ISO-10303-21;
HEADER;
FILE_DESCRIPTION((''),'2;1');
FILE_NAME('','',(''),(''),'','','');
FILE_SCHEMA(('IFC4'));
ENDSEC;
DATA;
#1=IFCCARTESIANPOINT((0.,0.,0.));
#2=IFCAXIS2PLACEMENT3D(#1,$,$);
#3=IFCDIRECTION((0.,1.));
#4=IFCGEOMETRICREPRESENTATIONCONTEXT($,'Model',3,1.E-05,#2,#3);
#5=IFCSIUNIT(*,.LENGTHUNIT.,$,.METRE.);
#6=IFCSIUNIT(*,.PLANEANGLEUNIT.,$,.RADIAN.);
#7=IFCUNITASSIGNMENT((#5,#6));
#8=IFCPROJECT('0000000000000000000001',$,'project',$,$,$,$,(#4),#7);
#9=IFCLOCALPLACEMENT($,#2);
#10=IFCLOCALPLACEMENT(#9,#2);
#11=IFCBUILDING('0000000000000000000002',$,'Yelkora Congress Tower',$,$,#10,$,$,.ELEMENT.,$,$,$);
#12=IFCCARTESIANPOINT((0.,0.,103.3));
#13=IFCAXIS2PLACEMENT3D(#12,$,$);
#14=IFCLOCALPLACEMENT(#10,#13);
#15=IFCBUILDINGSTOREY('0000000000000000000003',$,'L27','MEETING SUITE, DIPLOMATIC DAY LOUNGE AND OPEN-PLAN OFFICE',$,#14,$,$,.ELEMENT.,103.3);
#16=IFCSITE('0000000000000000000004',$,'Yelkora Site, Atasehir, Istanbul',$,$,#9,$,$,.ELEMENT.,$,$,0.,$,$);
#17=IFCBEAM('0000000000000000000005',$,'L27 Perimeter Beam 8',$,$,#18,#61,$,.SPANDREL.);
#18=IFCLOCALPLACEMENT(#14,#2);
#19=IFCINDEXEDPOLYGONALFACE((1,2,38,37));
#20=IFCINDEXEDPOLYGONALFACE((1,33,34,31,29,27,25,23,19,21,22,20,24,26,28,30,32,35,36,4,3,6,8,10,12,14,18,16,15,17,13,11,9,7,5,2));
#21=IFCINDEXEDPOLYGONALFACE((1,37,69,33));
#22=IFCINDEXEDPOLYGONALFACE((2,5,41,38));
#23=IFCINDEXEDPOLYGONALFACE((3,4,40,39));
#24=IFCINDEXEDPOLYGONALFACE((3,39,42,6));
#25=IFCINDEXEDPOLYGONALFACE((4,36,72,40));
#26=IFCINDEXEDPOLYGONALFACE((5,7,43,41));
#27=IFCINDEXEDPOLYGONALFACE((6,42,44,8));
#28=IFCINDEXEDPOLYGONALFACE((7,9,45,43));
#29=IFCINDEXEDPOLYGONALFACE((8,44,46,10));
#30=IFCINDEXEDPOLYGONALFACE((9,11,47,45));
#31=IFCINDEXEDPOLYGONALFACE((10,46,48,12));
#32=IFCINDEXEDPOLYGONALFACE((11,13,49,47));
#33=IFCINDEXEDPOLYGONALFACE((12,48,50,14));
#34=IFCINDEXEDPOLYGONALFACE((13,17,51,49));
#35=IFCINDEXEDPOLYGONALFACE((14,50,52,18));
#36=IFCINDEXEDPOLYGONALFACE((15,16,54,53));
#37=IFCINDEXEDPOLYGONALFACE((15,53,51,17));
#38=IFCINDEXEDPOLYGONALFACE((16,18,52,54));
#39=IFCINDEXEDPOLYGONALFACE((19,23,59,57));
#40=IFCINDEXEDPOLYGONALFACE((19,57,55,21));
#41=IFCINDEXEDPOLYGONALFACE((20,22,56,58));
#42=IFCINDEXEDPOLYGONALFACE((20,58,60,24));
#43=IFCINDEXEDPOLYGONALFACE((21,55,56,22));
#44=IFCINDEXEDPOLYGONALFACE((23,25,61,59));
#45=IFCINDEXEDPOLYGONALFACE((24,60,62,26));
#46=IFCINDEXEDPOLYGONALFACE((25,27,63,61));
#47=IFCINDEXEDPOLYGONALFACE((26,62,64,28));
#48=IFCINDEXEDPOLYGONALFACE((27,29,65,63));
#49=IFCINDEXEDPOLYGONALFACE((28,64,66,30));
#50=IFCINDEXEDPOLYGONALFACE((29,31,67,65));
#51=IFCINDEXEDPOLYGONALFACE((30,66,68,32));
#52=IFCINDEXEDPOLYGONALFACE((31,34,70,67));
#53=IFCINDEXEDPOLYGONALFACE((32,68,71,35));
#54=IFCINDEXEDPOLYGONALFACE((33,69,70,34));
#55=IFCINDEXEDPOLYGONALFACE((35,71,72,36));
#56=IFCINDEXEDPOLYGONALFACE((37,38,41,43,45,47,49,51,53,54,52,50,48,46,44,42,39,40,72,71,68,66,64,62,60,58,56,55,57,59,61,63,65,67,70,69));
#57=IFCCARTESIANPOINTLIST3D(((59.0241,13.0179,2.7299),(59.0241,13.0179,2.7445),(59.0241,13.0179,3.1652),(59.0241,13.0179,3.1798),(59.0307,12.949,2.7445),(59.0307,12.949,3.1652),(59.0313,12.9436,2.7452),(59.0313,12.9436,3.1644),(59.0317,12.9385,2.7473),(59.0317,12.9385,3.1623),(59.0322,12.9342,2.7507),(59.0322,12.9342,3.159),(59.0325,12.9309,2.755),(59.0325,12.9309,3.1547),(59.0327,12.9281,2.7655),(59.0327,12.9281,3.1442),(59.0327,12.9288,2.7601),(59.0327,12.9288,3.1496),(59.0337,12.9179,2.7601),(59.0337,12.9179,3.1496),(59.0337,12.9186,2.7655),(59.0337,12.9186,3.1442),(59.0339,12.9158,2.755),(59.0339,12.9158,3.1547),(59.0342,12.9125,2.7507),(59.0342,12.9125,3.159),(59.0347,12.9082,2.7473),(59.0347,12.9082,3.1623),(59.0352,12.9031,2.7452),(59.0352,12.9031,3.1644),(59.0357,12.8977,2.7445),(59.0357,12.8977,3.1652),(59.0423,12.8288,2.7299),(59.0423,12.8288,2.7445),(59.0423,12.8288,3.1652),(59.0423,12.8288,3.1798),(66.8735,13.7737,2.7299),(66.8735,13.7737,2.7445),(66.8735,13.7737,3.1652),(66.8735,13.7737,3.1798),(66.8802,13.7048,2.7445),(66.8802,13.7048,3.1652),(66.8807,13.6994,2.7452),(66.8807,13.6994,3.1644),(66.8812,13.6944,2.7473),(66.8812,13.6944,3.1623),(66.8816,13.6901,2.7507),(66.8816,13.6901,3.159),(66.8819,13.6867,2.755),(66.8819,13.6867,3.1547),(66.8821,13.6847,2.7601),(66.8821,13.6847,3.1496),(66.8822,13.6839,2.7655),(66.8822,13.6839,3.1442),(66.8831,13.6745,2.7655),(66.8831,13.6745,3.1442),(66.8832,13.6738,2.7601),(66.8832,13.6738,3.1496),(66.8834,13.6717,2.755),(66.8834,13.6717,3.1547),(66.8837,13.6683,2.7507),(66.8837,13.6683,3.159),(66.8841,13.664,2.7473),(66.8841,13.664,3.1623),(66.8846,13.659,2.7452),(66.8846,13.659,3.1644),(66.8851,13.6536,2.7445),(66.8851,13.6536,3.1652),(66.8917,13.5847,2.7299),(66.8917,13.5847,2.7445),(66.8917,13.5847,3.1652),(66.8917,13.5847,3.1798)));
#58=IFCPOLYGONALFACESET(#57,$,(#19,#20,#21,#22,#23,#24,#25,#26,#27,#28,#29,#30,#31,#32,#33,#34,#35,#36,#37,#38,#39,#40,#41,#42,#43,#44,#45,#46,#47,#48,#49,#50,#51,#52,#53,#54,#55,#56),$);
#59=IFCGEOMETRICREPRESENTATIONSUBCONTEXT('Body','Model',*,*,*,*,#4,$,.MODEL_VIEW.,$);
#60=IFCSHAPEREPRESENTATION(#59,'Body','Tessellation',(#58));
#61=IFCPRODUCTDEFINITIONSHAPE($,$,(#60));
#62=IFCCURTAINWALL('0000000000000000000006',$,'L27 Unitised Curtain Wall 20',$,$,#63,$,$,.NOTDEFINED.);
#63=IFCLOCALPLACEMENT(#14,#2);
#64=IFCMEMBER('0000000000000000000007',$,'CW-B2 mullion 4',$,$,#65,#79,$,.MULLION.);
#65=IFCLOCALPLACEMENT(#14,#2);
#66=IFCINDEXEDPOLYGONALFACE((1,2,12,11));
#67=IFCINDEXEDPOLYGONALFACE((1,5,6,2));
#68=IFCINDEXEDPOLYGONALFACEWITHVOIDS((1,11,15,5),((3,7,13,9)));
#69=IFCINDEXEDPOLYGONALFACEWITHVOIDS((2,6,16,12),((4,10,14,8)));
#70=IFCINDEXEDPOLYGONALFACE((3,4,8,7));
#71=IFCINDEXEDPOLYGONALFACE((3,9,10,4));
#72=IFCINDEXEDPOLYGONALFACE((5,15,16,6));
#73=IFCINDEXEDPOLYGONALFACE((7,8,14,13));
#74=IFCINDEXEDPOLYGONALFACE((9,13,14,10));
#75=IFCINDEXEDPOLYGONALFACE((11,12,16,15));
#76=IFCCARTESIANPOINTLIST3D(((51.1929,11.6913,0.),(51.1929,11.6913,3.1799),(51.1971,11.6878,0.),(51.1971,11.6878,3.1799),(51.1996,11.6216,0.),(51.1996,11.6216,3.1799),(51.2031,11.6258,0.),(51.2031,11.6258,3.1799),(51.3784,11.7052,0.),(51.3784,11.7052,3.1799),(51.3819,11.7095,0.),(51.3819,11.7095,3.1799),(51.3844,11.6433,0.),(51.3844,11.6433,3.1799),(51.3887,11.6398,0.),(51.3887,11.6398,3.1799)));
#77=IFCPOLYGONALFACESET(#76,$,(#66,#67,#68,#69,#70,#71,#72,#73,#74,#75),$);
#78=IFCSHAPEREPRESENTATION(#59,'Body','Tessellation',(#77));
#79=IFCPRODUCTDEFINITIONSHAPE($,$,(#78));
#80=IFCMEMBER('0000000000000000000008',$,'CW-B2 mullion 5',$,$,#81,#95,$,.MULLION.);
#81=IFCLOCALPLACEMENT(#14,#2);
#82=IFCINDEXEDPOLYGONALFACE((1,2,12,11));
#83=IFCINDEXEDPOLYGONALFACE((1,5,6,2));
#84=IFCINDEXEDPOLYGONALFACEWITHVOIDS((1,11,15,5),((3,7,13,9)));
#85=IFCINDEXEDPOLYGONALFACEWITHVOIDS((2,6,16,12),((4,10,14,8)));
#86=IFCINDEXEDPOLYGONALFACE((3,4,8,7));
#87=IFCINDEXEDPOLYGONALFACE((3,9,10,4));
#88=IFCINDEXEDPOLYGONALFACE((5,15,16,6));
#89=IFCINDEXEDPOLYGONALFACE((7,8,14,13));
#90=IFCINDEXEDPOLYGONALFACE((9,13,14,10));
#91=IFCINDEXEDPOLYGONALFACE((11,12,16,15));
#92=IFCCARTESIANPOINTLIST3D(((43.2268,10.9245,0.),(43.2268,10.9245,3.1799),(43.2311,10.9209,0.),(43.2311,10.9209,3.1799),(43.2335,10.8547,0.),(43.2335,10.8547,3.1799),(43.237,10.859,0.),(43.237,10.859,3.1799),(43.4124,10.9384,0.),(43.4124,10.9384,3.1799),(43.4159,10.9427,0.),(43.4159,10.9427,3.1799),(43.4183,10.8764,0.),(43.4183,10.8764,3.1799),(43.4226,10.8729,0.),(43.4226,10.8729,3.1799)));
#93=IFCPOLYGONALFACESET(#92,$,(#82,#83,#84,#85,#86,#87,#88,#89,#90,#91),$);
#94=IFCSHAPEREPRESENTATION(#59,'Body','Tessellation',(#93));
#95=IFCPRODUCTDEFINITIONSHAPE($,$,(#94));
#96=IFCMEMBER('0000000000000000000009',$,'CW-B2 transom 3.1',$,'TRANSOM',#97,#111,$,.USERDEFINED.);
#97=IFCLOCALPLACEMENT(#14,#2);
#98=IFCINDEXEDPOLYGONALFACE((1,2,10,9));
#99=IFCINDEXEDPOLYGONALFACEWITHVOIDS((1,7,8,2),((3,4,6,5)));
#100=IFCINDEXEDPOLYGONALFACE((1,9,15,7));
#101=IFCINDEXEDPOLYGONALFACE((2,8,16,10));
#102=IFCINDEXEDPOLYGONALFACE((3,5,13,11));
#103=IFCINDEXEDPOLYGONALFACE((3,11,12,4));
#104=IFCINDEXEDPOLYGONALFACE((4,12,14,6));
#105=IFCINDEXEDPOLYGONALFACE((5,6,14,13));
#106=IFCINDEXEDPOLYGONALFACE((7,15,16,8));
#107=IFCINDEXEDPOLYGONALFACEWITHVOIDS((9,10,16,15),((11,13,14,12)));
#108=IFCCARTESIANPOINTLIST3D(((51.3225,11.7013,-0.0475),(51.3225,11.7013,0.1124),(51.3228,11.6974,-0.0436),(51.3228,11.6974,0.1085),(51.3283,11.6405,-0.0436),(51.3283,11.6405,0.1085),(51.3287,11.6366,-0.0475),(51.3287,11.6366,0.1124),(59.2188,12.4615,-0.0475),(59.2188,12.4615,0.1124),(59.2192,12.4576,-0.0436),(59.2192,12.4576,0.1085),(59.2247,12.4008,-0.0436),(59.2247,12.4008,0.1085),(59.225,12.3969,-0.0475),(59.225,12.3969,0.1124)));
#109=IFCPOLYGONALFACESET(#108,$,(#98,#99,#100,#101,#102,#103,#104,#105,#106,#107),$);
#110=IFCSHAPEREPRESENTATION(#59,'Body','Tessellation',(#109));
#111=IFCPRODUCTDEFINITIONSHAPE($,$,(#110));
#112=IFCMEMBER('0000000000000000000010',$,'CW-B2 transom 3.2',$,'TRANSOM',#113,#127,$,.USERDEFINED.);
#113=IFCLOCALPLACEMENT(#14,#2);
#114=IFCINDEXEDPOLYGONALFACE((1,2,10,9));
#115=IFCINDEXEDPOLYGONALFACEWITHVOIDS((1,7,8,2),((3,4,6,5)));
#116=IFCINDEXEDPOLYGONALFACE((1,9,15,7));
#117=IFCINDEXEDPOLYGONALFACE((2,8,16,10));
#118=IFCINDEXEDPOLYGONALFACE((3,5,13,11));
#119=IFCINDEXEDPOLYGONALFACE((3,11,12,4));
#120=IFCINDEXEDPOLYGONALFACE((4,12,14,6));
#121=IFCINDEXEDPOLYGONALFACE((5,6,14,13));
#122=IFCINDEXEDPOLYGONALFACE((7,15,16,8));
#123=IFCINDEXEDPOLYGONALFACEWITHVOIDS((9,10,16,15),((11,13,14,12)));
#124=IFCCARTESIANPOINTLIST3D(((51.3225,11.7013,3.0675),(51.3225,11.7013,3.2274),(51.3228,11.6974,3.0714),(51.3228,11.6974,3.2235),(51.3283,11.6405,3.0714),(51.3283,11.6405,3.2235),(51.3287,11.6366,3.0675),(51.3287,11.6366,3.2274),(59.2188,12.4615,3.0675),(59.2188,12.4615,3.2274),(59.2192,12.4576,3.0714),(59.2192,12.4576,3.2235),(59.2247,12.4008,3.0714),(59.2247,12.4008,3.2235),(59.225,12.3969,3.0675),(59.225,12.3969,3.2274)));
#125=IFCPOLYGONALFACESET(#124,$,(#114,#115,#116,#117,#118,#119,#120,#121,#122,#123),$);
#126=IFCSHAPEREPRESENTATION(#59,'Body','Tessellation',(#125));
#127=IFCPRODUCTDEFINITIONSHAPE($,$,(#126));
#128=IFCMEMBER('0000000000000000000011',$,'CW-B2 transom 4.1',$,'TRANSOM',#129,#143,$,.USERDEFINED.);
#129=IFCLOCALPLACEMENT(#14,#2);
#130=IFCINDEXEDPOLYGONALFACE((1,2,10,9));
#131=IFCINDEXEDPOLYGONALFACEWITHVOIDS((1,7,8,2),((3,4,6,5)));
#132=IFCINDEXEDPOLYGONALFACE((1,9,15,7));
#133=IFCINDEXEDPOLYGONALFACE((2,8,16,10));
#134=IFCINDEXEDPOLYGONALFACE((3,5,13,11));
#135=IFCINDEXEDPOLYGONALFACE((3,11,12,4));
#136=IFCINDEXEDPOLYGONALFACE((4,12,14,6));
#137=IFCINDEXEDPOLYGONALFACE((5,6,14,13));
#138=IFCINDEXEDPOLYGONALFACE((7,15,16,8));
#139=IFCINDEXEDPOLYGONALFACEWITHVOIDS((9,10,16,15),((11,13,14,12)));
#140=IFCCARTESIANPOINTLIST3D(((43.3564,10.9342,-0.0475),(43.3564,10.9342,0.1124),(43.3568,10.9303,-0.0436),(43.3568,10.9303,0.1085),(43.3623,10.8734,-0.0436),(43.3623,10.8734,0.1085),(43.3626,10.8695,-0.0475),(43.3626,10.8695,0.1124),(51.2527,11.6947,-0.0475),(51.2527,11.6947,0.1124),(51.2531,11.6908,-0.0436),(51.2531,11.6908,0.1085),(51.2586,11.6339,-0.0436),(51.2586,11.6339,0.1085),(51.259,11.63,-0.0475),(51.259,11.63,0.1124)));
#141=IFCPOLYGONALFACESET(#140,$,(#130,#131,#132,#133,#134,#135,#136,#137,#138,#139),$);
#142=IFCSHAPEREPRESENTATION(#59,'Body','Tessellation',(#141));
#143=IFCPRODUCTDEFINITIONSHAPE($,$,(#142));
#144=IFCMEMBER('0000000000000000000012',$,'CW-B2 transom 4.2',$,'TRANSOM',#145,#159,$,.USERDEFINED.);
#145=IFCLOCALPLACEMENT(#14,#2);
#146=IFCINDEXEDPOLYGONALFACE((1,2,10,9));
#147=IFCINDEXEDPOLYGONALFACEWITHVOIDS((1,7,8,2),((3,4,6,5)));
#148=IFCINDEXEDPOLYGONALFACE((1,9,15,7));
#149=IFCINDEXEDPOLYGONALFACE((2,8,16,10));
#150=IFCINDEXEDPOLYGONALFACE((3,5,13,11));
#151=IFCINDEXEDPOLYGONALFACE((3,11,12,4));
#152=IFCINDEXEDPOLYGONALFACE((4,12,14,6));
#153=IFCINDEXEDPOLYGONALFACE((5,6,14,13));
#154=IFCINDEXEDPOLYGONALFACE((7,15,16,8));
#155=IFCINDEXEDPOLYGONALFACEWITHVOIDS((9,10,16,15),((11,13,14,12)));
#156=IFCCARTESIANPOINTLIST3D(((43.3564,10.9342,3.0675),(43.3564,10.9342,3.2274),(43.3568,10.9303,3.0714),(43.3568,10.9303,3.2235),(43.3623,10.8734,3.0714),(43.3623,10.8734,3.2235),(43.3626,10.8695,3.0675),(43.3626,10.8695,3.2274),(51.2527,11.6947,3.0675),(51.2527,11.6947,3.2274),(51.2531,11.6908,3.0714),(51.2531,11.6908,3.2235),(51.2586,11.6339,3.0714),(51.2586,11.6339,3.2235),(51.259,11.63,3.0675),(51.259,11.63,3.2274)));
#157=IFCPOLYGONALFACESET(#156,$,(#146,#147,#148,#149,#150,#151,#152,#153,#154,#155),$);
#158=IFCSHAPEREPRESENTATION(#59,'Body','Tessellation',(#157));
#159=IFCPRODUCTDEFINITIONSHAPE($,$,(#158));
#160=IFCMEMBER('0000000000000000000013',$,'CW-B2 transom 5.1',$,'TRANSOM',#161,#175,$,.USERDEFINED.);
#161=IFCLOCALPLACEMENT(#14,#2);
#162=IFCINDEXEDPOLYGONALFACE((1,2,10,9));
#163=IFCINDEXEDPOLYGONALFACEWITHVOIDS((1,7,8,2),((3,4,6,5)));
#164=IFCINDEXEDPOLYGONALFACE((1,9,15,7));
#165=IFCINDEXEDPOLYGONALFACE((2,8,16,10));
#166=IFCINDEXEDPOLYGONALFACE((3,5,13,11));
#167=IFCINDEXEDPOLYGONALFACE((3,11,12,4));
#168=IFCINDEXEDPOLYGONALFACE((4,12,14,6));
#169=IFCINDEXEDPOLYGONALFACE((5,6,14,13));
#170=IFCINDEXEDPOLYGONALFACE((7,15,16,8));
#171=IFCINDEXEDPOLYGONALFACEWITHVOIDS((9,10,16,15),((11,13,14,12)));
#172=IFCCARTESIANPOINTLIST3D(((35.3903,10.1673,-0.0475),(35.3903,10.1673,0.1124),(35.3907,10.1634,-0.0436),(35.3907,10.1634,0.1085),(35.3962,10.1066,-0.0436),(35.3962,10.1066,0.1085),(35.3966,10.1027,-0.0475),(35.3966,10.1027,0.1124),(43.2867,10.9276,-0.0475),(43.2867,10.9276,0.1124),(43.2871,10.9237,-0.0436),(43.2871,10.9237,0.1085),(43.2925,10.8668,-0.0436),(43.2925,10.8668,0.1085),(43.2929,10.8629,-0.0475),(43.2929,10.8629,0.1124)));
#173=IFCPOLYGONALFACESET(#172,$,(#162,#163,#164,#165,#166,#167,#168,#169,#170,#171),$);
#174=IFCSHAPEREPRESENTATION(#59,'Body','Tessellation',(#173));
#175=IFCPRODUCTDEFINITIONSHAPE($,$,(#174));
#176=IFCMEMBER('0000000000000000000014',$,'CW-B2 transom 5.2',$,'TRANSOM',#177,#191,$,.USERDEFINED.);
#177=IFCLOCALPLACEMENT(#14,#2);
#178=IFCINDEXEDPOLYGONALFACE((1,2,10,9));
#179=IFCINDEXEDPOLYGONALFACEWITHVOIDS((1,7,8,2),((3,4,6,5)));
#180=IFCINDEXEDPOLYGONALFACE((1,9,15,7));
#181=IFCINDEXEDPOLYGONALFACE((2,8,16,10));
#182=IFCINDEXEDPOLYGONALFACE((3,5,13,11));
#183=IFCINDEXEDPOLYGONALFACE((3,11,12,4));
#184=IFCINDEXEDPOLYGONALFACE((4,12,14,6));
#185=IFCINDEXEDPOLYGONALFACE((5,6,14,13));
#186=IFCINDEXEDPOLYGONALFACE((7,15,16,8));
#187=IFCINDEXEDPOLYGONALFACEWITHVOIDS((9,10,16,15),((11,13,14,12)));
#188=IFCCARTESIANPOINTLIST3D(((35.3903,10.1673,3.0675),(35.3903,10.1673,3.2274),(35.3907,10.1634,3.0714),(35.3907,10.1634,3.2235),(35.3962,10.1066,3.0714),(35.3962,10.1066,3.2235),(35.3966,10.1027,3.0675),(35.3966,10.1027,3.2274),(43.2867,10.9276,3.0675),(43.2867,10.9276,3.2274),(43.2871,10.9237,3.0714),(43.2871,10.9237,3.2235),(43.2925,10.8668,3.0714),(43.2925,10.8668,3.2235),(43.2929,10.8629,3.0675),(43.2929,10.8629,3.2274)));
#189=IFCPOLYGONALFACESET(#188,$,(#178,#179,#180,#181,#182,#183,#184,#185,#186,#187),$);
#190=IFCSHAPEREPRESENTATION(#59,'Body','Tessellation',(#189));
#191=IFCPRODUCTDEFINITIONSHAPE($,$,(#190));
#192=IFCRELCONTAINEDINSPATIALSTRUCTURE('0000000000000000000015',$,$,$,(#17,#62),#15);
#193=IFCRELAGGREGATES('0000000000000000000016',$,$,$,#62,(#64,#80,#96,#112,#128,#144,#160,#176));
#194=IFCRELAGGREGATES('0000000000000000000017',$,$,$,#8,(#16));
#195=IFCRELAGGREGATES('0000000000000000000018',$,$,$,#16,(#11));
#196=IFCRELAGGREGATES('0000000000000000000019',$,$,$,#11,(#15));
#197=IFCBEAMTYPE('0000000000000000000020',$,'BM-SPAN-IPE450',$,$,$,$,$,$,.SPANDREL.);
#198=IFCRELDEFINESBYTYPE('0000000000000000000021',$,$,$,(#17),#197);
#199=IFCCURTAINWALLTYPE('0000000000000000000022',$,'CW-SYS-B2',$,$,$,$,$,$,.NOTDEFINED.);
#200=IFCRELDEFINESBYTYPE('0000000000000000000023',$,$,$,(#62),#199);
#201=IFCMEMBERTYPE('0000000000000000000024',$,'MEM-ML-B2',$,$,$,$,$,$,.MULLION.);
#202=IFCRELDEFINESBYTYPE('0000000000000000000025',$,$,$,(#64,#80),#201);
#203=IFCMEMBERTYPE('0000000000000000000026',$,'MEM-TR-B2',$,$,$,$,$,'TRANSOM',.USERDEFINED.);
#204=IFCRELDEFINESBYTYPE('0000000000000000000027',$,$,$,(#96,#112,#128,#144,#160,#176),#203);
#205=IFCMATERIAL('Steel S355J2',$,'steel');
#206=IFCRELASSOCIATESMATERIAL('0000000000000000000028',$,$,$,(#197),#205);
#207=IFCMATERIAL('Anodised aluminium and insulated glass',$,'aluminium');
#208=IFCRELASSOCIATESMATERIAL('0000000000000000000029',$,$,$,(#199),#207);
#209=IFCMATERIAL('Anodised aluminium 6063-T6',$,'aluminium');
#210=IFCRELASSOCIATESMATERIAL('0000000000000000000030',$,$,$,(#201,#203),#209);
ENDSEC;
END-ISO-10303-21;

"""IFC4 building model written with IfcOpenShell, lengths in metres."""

from ifc_helpers import new_model, si_unit, direction, frame, origin, origin_2d, place, context, subcontext, project, spatial, hollow_rectangle, i_section, extrude, material, material_profile, profile_set, type_object, element, aggregate, save


model = new_model("IFC4")

# Units and contexts
model_context = context("Model", 3, precision=1e-05, world=origin(), true_north=direction((0.0, 1.0)))
body_context = subcontext(model_context, "Body", "Model", "MODEL_VIEW")
ifc_project = project(units=[si_unit("LENGTHUNIT", "METRE"), si_unit("PLANEANGLEUNIT", "RADIAN")], contexts=[model_context])

# Site, building, storey
site_placement = place(None, origin())
site = spatial("IfcSite", under=ifc_project, at=site_placement, Name="Yelkora Site, Atasehir, Istanbul", CompositionType="ELEMENT", RefElevation=0.0)
building_placement = place(site_placement, origin())
building = spatial("IfcBuilding", under=site, at=building_placement, Name="Yelkora Congress Tower", CompositionType="ELEMENT")
storey_placement = place(building_placement, frame((0.0, 0.0, 103.3)))
storey = spatial("IfcBuildingStorey", under=building, at=storey_placement, Name="L27", Description="MEETING SUITE, DIPLOMATIC DAY LOUNGE AND OPEN-PLAN OFFICE", CompositionType="ELEMENT", Elevation=103.3)

# Beam
ifc_material_1 = material(Name="Steel S355J2", Category="steel")
ifc_material_profile_1 = material_profile(ifc_material_1, i_section(OverallWidth=0.1899, OverallDepth=0.45, WebThickness=0.0095, FlangeThickness=0.0146, FilletRadius=0.021, at=origin_2d()), Name="IPE 450")
ifc_profile_set_1 = profile_set([ifc_material_profile_1], Name="Steel S355J2")
beam_type_1 = type_object("IfcBeamType", Name="BM-SPAN-IPE450", PredefinedType="SPANDREL", material=ifc_profile_set_1)
beam_1_placement = place(storey_placement, frame((59.0332, 12.9233, 2.9548), z_axis=(0.995396, 0.095852, 0.0), x_axis=(-0.095852, 0.995396, 0.0)))
element("IfcBeam", 1, at=beam_1_placement, inside=storey, type_object=beam_type_1, Name="L27 Perimeter Beam 8", PredefinedType="SPANDREL", context=body_context, shape_type="SweptSolid", body=[
    extrude(i_section(OverallWidth=0.1899, OverallDepth=0.45, WebThickness=0.0095, FlangeThickness=0.0146, FilletRadius=0.021, at=origin_2d()), origin(), (0.0, 0.0, 1.0), 7.8857),
])

# Curtain wall, members
ifc_material_2 = material(Name="Anodised aluminium and insulated glass", Category="aluminium")
curtain_wall_type = type_object("IfcCurtainWallType", Name="CW-SYS-B2", PredefinedType="NOTDEFINED", material=ifc_material_2)
curtain_wall_placement = place(storey_placement, origin())
curtain_wall = element("IfcCurtainWall", 2, at=curtain_wall_placement, inside=storey, type_object=curtain_wall_type, Name="L27 Unitised Curtain Wall 20", PredefinedType="NOTDEFINED")
ifc_material_3 = material(Name="Anodised aluminium 6063-T6", Category="aluminium")
ifc_material_profile_2 = material_profile(ifc_material_3, hollow_rectangle(XDim=0.0701, YDim=0.1899, WallThickness=0.0039, at=origin_2d()), Name="ALU 70x190x4")
ifc_profile_set_2 = profile_set([ifc_material_profile_2], Name="Anodised aluminium 6063-T6")
member_type_1 = type_object("IfcMemberType", Name="MEM-ML-B2", PredefinedType="MULLION", material=ifc_profile_set_2)
member_1_placement = place(storey_placement, frame((51.2908, 11.6655, 0.0), z_axis=(0.0, 0.0, 1.0), x_axis=(0.095844, -0.995396, 0.0)))
member_1 = element("IfcMember", 3, at=member_1_placement, type_object=member_type_1, Name="CW-B2 mullion 4", PredefinedType="MULLION", context=body_context, shape_type="SweptSolid", body=[
    extrude(hollow_rectangle(XDim=0.0701, YDim=0.1899, WallThickness=0.0039, at=origin_2d()), origin(), (0.0, 0.0, 1.0), 3.1799),
])
member_2_placement = place(storey_placement, frame((43.3247, 10.8987, 0.0), z_axis=(0.0, 0.0, 1.0), x_axis=(0.095844, -0.995396, 0.0)))
member_2 = element("IfcMember", 4, at=member_2_placement, type_object=member_type_1, Name="CW-B2 mullion 5", PredefinedType="MULLION", context=body_context, shape_type="SweptSolid", body=[
    extrude(hollow_rectangle(XDim=0.0701, YDim=0.1899, WallThickness=0.0039, at=origin_2d()), origin(), (0.0, 0.0, 1.0), 3.1799),
])
ifc_material_profile_3 = material_profile(ifc_material_3, hollow_rectangle(XDim=0.0649, YDim=0.1599, WallThickness=0.0039, at=origin_2d()), Name="ALU 65x160x4")
ifc_profile_set_3 = profile_set([ifc_material_profile_3], Name="Anodised aluminium 6063-T6")
member_type_2 = type_object("IfcMemberType", Name="MEM-TR-B2", ElementType="TRANSOM", PredefinedType="USERDEFINED", material=ifc_profile_set_3)
member_3_placement = place(storey_placement, frame((59.2219, 12.4292, 0.0325), z_axis=(-0.995397, -0.095837, 0.0), x_axis=(0.095837, -0.995397, 0.0)))
member_3 = element("IfcMember", 5, at=member_3_placement, type_object=member_type_2, Name="CW-B2 transom 3.1", ObjectType="TRANSOM", PredefinedType="USERDEFINED", context=body_context, shape_type="SweptSolid", body=[
    extrude(hollow_rectangle(XDim=0.0649, YDim=0.1599, WallThickness=0.0039, at=origin_2d()), origin(), (0.0, 0.0, 1.0), 7.9329),
])
member_4_placement = place(storey_placement, frame((59.2219, 12.4292, 3.1475), z_axis=(-0.995397, -0.095837, 0.0), x_axis=(0.095837, -0.995397, 0.0)))
member_4 = element("IfcMember", 6, at=member_4_placement, type_object=member_type_2, Name="CW-B2 transom 3.2", ObjectType="TRANSOM", PredefinedType="USERDEFINED", context=body_context, shape_type="SweptSolid", body=[
    extrude(hollow_rectangle(XDim=0.0649, YDim=0.1599, WallThickness=0.0039, at=origin_2d()), origin(), (0.0, 0.0, 1.0), 7.9329),
])
member_5_placement = place(storey_placement, frame((51.2559, 11.6624, 0.0325), z_axis=(-0.995394, -0.095868, 0.0), x_axis=(0.095868, -0.995394, 0.0)))
member_5 = element("IfcMember", 7, at=member_5_placement, type_object=member_type_2, Name="CW-B2 transom 4.1", ObjectType="TRANSOM", PredefinedType="USERDEFINED", context=body_context, shape_type="SweptSolid", body=[
    extrude(hollow_rectangle(XDim=0.0649, YDim=0.1599, WallThickness=0.0039, at=origin_2d()), origin(), (0.0, 0.0, 1.0), 7.9329),
])
member_6_placement = place(storey_placement, frame((51.2559, 11.6624, 3.1475), z_axis=(-0.995394, -0.095868, 0.0), x_axis=(0.095868, -0.995394, 0.0)))
member_6 = element("IfcMember", 8, at=member_6_placement, type_object=member_type_2, Name="CW-B2 transom 4.2", ObjectType="TRANSOM", PredefinedType="USERDEFINED", context=body_context, shape_type="SweptSolid", body=[
    extrude(hollow_rectangle(XDim=0.0649, YDim=0.1599, WallThickness=0.0039, at=origin_2d()), origin(), (0.0, 0.0, 1.0), 7.9329),
])
member_7_placement = place(storey_placement, frame((43.2898, 10.8953, 0.0325), z_axis=(-0.995397, -0.095837, 0.0), x_axis=(0.095837, -0.995397, 0.0)))
member_7 = element("IfcMember", 9, at=member_7_placement, type_object=member_type_2, Name="CW-B2 transom 5.1", ObjectType="TRANSOM", PredefinedType="USERDEFINED", context=body_context, shape_type="SweptSolid", body=[
    extrude(hollow_rectangle(XDim=0.0649, YDim=0.1599, WallThickness=0.0039, at=origin_2d()), origin(), (0.0, 0.0, 1.0), 7.9329),
])
member_8_placement = place(storey_placement, frame((43.2898, 10.8953, 3.1475), z_axis=(-0.995397, -0.095837, 0.0), x_axis=(0.095837, -0.995397, 0.0)))
member_8 = element("IfcMember", 10, at=member_8_placement, type_object=member_type_2, Name="CW-B2 transom 5.2", ObjectType="TRANSOM", PredefinedType="USERDEFINED", context=body_context, shape_type="SweptSolid", body=[
    extrude(hollow_rectangle(XDim=0.0649, YDim=0.1599, WallThickness=0.0039, at=origin_2d()), origin(), (0.0, 0.0, 1.0), 7.9329),
])
aggregate(curtain_wall, [member_1, member_2, member_3, member_4, member_5, member_6, member_7, member_8])

save(model, "model.ifc")
